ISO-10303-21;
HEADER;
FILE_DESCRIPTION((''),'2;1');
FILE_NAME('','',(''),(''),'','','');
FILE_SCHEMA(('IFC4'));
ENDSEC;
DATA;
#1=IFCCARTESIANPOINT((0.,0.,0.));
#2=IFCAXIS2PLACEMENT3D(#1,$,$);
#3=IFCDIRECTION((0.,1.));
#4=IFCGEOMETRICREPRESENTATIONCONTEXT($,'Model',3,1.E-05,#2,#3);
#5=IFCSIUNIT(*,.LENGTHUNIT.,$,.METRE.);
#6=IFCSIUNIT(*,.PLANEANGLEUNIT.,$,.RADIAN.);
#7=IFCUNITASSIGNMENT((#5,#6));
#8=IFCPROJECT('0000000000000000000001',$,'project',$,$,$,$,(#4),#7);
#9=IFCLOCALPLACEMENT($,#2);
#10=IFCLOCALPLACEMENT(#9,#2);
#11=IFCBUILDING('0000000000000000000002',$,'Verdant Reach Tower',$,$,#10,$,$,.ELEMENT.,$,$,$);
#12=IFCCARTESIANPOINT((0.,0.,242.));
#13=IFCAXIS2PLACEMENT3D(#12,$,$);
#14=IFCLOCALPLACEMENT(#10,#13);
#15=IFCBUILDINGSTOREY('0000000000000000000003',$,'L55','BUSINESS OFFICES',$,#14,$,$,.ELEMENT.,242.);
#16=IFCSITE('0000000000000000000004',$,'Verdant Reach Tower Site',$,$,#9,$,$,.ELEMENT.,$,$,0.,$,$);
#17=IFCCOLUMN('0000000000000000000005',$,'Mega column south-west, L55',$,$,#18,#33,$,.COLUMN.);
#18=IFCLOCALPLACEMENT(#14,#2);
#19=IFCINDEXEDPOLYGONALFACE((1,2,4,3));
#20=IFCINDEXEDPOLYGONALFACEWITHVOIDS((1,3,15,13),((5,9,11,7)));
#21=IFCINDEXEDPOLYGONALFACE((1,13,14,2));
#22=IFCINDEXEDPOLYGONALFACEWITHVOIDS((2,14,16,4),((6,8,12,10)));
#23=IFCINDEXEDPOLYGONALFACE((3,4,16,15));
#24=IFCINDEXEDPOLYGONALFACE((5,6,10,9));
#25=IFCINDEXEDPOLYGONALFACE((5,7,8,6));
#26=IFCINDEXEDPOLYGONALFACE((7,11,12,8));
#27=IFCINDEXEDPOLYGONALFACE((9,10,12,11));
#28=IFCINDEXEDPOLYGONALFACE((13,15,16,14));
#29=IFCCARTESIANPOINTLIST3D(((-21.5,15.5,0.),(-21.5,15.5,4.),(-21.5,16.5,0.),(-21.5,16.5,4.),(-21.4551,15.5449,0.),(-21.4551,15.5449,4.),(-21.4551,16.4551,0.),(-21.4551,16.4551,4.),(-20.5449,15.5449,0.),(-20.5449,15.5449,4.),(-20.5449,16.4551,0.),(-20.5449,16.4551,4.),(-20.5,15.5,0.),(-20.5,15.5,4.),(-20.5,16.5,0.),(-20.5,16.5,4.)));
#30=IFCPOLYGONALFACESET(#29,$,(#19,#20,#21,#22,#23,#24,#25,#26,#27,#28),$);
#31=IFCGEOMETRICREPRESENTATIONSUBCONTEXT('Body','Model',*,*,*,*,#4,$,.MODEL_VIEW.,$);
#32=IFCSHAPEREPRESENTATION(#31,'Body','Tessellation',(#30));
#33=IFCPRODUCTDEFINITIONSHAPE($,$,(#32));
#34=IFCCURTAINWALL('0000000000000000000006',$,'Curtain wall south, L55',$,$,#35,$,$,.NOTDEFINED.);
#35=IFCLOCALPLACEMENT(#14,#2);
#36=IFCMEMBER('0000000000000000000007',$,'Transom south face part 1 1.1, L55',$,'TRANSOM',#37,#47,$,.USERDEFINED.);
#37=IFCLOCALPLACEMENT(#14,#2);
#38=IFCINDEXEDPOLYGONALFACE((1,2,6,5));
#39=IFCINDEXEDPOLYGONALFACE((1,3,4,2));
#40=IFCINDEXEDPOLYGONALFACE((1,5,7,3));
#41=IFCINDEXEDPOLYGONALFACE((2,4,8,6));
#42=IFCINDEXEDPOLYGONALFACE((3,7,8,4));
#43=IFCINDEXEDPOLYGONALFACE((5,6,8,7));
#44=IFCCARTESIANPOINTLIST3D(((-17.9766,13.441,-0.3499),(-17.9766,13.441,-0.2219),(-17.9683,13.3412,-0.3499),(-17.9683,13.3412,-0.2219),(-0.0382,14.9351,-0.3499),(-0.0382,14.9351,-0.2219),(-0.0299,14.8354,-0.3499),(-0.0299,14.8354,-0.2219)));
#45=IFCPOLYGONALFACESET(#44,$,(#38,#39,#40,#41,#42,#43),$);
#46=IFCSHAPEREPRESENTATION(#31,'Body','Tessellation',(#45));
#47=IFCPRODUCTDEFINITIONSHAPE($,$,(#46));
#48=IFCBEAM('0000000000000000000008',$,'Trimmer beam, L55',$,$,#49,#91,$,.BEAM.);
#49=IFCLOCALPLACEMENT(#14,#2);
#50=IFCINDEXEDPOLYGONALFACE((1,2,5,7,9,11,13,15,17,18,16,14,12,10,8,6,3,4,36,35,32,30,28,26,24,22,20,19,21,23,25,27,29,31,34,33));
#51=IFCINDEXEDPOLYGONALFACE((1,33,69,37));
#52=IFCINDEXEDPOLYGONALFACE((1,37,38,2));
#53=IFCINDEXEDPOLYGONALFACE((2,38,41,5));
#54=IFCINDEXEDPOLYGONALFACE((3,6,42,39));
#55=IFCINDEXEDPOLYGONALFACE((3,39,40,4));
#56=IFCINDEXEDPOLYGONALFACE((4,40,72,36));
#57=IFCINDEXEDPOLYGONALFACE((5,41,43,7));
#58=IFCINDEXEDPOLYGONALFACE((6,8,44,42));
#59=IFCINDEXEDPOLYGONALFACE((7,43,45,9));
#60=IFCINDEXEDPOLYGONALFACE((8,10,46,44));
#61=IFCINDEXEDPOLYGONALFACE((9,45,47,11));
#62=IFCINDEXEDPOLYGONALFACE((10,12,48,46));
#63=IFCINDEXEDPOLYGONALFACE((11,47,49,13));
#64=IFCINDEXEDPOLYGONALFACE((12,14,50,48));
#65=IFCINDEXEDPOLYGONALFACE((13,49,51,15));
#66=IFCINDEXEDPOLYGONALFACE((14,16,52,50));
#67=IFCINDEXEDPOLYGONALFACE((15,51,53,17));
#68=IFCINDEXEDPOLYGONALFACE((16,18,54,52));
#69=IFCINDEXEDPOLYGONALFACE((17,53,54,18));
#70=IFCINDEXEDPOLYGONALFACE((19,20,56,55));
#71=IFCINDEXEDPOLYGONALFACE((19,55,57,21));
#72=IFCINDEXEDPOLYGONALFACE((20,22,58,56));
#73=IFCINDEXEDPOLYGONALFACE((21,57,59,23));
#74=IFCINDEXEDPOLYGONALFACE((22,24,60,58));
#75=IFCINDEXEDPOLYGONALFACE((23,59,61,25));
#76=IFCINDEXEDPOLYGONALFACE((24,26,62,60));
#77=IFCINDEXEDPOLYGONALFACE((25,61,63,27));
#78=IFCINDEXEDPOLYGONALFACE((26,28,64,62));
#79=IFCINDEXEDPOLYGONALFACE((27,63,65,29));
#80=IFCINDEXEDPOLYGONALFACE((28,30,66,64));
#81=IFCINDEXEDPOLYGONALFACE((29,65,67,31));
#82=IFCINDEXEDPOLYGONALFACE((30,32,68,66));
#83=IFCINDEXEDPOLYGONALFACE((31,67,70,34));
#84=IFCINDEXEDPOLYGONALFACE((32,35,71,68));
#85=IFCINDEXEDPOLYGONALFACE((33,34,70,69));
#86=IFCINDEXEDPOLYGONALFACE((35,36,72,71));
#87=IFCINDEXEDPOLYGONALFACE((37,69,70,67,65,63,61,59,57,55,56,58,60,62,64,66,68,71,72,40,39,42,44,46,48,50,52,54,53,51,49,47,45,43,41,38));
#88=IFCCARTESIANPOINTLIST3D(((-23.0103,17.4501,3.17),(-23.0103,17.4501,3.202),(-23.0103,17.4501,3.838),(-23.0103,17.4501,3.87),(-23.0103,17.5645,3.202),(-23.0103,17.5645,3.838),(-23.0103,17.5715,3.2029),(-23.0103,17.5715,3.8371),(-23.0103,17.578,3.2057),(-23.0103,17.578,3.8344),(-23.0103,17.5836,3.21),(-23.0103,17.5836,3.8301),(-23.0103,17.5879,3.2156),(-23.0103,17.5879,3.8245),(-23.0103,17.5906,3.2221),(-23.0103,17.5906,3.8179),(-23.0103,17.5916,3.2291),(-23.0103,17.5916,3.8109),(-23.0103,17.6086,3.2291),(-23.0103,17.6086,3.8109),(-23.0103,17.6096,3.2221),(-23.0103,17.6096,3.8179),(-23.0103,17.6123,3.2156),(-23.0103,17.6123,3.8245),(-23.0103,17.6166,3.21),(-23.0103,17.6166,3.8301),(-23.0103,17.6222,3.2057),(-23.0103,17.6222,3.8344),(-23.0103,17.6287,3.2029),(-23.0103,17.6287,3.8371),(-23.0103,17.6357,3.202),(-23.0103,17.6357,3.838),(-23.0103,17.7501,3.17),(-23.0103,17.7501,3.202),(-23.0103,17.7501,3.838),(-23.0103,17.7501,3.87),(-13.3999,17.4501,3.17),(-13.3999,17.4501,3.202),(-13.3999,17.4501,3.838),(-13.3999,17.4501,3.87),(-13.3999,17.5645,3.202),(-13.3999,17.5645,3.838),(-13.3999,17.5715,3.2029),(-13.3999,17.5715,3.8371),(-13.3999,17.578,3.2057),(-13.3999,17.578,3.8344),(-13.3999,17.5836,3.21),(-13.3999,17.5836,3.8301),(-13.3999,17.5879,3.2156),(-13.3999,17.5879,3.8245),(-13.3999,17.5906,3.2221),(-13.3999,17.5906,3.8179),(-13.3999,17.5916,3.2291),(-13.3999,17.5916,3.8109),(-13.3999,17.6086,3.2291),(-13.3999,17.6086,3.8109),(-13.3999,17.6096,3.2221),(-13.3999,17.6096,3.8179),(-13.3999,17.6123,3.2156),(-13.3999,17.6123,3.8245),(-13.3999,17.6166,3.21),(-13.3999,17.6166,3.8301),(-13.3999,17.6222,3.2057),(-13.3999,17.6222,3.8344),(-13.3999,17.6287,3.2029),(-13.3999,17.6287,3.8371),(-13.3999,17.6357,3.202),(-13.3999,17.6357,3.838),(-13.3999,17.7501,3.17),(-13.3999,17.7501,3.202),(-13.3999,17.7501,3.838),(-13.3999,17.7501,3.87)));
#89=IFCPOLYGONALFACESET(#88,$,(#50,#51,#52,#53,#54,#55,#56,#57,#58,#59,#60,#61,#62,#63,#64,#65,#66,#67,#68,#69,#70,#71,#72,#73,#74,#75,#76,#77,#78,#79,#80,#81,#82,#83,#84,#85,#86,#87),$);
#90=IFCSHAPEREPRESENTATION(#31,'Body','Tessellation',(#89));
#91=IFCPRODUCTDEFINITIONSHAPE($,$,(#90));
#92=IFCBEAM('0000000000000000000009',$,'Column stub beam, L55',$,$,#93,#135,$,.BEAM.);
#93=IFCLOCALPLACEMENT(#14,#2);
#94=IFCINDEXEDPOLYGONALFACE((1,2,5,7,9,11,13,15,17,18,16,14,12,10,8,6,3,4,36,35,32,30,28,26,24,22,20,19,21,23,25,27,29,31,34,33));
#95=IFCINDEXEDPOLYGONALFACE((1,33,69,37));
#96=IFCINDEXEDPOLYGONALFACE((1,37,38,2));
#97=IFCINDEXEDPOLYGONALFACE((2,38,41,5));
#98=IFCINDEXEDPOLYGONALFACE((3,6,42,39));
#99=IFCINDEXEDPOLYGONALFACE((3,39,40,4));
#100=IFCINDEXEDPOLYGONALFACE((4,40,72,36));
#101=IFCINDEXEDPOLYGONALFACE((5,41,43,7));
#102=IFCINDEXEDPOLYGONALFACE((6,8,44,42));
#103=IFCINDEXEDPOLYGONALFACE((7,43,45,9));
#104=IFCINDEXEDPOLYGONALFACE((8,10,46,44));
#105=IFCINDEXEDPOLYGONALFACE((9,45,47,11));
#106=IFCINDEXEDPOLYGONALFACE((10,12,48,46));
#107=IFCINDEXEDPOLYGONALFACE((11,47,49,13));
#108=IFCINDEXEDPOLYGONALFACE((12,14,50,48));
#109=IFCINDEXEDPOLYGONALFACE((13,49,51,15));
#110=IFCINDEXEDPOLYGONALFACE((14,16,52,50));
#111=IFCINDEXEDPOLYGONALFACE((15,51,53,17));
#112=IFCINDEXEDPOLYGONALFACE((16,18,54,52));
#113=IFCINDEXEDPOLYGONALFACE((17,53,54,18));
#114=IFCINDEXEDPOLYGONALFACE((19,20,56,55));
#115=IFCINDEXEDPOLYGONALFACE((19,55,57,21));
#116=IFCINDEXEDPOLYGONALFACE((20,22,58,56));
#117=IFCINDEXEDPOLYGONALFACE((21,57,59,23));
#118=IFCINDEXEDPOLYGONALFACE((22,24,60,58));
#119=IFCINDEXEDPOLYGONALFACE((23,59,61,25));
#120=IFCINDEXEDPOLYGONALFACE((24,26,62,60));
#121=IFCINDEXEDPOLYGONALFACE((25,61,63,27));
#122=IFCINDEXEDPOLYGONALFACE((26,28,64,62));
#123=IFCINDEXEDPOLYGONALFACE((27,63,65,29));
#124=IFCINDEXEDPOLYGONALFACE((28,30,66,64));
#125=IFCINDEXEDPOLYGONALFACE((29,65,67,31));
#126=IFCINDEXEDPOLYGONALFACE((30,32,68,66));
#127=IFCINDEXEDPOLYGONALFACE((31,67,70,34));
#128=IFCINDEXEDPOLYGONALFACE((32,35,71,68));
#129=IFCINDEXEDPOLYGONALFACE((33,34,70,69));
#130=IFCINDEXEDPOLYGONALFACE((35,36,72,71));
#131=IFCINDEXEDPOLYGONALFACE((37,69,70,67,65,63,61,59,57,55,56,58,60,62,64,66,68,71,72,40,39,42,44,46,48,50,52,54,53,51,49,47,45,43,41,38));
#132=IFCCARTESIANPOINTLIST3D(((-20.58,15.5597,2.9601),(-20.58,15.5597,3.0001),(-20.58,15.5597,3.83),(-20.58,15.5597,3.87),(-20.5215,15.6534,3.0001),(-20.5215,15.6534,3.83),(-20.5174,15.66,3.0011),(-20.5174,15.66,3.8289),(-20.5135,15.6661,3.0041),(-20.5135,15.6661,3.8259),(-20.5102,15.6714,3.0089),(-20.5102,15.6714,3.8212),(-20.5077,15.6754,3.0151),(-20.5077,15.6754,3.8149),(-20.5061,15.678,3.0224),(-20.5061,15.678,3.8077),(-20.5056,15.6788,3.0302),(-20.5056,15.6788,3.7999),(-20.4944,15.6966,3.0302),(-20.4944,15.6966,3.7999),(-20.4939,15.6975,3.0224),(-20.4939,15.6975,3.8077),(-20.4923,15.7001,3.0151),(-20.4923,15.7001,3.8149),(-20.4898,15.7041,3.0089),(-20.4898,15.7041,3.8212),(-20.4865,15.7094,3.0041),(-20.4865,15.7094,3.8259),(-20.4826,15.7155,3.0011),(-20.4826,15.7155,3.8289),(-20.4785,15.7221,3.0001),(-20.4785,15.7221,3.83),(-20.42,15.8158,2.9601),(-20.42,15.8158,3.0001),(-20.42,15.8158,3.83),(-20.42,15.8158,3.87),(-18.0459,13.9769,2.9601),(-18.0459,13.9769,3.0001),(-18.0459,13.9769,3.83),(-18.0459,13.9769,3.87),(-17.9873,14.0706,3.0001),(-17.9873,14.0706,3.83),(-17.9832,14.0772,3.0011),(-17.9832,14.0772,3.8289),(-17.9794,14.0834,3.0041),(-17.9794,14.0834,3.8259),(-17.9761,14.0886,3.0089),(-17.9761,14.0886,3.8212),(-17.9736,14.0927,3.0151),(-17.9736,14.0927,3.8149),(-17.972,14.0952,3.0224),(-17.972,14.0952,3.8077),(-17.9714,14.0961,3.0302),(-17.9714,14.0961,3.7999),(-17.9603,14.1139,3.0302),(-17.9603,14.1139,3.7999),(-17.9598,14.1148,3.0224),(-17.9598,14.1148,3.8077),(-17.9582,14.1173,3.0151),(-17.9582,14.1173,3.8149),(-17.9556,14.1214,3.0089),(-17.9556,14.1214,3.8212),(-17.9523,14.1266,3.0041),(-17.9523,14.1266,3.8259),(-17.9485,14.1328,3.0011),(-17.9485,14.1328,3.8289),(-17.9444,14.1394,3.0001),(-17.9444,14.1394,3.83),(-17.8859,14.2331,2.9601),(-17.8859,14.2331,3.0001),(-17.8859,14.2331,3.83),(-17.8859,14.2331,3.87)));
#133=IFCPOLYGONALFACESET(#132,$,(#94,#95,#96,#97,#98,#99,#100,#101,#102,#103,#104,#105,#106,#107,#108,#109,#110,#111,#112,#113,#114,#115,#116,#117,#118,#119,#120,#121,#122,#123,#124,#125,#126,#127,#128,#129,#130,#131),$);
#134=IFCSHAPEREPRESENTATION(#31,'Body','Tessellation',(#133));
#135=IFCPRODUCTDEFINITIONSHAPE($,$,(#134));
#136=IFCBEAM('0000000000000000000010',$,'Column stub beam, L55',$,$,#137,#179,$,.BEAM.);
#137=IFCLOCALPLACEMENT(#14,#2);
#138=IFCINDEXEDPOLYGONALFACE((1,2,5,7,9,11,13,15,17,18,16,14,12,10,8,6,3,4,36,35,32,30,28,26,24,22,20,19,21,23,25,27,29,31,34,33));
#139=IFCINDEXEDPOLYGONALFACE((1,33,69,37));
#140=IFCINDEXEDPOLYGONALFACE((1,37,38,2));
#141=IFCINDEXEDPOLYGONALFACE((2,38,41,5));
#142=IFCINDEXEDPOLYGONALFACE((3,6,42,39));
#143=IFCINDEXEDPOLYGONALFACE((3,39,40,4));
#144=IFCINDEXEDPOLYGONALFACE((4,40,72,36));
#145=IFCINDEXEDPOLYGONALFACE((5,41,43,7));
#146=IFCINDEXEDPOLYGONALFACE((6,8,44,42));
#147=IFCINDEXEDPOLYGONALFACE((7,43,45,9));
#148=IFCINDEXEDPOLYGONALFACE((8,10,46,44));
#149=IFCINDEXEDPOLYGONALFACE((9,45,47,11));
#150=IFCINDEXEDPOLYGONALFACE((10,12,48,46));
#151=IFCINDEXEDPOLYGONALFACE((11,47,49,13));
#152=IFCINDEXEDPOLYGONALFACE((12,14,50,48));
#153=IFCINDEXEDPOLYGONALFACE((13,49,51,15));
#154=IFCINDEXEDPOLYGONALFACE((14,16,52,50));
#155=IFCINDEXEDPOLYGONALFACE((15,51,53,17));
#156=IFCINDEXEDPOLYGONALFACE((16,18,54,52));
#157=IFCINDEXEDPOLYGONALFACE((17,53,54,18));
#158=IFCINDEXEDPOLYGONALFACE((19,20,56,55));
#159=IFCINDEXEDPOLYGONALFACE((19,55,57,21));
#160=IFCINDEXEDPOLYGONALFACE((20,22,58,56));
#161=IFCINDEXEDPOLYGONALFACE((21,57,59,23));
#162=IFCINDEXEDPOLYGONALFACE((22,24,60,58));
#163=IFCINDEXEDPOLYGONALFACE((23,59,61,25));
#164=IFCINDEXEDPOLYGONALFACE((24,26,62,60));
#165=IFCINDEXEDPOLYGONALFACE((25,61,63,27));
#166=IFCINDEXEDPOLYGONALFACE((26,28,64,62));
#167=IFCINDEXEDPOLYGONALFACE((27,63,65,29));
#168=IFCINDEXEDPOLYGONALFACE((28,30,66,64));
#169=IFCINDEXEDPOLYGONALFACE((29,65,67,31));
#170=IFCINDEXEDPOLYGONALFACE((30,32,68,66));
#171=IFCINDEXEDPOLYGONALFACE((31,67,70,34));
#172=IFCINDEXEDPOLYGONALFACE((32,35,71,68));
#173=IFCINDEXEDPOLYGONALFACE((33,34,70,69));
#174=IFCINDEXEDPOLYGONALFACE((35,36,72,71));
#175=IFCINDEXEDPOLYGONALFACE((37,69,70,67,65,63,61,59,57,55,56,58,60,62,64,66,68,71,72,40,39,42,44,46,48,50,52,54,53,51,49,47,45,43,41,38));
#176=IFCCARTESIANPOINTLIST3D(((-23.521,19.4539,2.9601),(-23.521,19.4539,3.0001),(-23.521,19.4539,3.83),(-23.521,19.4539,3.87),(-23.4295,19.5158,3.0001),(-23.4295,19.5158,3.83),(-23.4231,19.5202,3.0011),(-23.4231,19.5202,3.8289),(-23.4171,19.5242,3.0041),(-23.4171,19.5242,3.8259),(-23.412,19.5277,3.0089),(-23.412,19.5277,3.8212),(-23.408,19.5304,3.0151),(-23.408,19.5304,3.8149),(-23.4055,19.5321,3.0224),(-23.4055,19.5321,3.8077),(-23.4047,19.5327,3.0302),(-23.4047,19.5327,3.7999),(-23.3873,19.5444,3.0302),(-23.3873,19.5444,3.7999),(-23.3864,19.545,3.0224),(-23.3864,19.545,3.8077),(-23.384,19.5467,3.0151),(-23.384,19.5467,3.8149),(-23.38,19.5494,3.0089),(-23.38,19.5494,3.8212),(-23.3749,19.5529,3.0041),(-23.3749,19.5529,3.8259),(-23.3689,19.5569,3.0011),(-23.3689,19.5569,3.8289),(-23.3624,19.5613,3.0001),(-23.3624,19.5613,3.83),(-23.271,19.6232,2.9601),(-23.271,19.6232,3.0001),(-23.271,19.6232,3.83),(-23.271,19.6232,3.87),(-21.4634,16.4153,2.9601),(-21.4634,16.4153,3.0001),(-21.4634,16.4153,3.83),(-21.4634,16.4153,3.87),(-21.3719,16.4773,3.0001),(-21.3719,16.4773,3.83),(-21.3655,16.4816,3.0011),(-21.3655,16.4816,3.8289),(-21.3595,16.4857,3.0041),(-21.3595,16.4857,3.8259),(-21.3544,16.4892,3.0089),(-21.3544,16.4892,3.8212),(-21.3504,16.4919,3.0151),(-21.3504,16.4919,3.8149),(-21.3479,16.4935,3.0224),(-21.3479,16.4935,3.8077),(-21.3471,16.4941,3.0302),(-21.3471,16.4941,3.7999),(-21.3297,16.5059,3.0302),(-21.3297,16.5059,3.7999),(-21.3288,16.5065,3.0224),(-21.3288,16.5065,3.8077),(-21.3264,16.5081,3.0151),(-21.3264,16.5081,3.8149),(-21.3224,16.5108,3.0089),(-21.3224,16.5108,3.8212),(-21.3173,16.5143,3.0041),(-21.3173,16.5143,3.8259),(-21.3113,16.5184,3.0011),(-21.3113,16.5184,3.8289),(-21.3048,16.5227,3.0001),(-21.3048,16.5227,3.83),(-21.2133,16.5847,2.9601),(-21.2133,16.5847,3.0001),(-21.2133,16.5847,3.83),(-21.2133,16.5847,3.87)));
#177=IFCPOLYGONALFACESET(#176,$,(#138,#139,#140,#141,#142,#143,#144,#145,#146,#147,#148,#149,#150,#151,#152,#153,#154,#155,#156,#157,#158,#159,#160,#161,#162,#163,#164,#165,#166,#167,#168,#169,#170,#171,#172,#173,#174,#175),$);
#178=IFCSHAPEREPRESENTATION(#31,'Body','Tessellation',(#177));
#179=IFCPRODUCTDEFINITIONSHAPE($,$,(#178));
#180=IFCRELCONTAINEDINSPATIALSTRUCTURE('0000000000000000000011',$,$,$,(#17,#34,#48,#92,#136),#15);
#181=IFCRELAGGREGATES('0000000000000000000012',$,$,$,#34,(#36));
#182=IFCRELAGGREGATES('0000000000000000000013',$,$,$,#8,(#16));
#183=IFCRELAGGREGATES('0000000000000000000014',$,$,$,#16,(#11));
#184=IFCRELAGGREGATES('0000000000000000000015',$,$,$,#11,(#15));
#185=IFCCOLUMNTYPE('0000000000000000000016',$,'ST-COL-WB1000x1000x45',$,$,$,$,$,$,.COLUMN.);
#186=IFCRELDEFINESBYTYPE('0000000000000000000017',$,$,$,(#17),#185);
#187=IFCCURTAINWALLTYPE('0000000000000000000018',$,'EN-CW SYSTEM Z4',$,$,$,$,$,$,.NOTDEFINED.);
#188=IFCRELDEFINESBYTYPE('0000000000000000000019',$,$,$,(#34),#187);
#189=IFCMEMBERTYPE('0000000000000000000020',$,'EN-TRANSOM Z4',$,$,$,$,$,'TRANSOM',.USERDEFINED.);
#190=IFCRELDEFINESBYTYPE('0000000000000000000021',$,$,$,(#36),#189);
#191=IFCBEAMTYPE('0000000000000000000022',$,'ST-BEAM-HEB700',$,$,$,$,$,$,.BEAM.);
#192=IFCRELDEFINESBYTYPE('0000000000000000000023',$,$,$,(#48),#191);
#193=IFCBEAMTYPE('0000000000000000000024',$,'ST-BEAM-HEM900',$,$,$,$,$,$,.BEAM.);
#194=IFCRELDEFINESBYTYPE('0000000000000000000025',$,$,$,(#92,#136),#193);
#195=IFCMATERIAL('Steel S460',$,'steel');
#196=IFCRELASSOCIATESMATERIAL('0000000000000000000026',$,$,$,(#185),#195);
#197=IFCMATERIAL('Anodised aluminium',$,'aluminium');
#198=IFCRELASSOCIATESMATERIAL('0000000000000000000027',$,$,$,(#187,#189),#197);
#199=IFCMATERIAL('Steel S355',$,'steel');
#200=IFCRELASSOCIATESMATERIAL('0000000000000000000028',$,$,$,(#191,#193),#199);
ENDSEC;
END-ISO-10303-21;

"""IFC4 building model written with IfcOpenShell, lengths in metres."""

from ifc_helpers import new_model, si_unit, direction, frame, origin, origin_2d, place, context, subcontext, project, spatial, rectangle, hollow_rectangle, i_section, extrude, material, material_profile, profile_set, type_object, element, aggregate, save


model = new_model("IFC4")

# Units and contexts
model_context = context("Model", 3, precision=1e-05, world=origin(), true_north=direction((0.0, 1.0)))
body_context = subcontext(model_context, "Body", "Model", "MODEL_VIEW")
ifc_project = project(units=[si_unit("LENGTHUNIT", "METRE"), si_unit("PLANEANGLEUNIT", "RADIAN")], contexts=[model_context])

# Site, building, storey
site_placement = place(None, origin())
site = spatial("IfcSite", under=ifc_project, at=site_placement, Name="Verdant Reach Tower Site", CompositionType="ELEMENT", RefElevation=0.0)
building_placement = place(site_placement, origin())
building = spatial("IfcBuilding", under=site, at=building_placement, Name="Verdant Reach Tower", CompositionType="ELEMENT")
storey_placement = place(building_placement, frame((0.0, 0.0, 242.0)))
storey = spatial("IfcBuildingStorey", under=building, at=storey_placement, Name="L55", Description="BUSINESS OFFICES", CompositionType="ELEMENT", Elevation=242.0)

# Column
ifc_material_1 = material(Name="Steel S460", Category="steel")
ifc_material_profile_1 = material_profile(ifc_material_1, hollow_rectangle(XDim=1.0, YDim=1.0, WallThickness=0.0449, at=origin_2d()), Name="WB 1000x1000x45")
ifc_profile_set_1 = profile_set([ifc_material_profile_1], Name="Steel S460")
column_type = type_object("IfcColumnType", Name="ST-COL-WB1000x1000x45", PredefinedType="COLUMN", material=ifc_profile_set_1)
column_placement = place(storey_placement, frame((-21.0, 16.0, 0.0), z_axis=(0.0, 0.0, 1.0), x_axis=(1.0, 0.0, 0.0)))
element("IfcColumn", 1, at=column_placement, inside=storey, type_object=column_type, Name="Mega column south-west, L55", PredefinedType="COLUMN", context=body_context, shape_type="SweptSolid", body=[
    extrude(hollow_rectangle(XDim=1.0, YDim=1.0, WallThickness=0.0449, at=origin_2d()), origin(), (0.0, 0.0, 1.0), 4.0),
])

# Curtain wall, member
ifc_material_2 = material(Name="Anodised aluminium", Category="aluminium")
curtain_wall_type = type_object("IfcCurtainWallType", Name="EN-CW SYSTEM Z4", PredefinedType="NOTDEFINED", material=ifc_material_2)
curtain_wall_1_placement = place(storey_placement, origin())
curtain_wall_1 = element("IfcCurtainWall", 2, at=curtain_wall_1_placement, inside=storey, type_object=curtain_wall_type, Name="Curtain wall south, L55", PredefinedType="NOTDEFINED")
ifc_material_profile_2 = material_profile(ifc_material_2, rectangle(XDim=0.1001, YDim=0.1279, at=origin_2d()), Name="Transom 128x100")
ifc_profile_set_2 = profile_set([ifc_material_profile_2], Name="Anodised aluminium")
member_type = type_object("IfcMemberType", Name="EN-TRANSOM Z4", ElementType="TRANSOM", PredefinedType="USERDEFINED", material=ifc_profile_set_2)
member_placement = place(storey_placement, frame((-17.9724, 13.3911, -0.2859), z_axis=(0.996549, 0.083005, 0.0), x_axis=(-0.083005, 0.996549, 0.0)))
member = element("IfcMember", 3, at=member_placement, type_object=member_type, Name="Transom south face part 1 1.1, L55", ObjectType="TRANSOM", PredefinedType="USERDEFINED", context=body_context, shape_type="SweptSolid", body=[
    extrude(rectangle(XDim=0.1001, YDim=0.1279, at=origin_2d()), origin(), (0.0, 0.0, 1.0), 18.0005),
])

# Beams
ifc_material_3 = material(Name="Steel S355", Category="steel")
ifc_material_profile_3 = material_profile(ifc_material_3, i_section(OverallWidth=0.3, OverallDepth=0.7, WebThickness=0.0171, FlangeThickness=0.032, FilletRadius=0.0271, at=origin_2d()), Name="HEB 700")
ifc_profile_set_3 = profile_set([ifc_material_profile_3], Name="Steel S355")
beam_type_1 = type_object("IfcBeamType", Name="ST-BEAM-HEB700", PredefinedType="BEAM", material=ifc_profile_set_3)
beam_1_placement = place(storey_placement, frame((-13.3999, 17.6001, 3.52), z_axis=(-1.0, 0.0, 0.0), x_axis=(0.0, -1.0, 0.0)))
element("IfcBeam", 4, at=beam_1_placement, inside=storey, type_object=beam_type_1, Name="Trimmer beam, L55", PredefinedType="BEAM", context=body_context, shape_type="SweptSolid", body=[
    extrude(i_section(OverallWidth=0.3, OverallDepth=0.7, WebThickness=0.0171, FlangeThickness=0.032, FilletRadius=0.0271, at=origin_2d()), origin(), (0.0, 0.0, 1.0), 9.6104),
])
ifc_material_profile_4 = material_profile(ifc_material_3, i_section(OverallWidth=0.302, OverallDepth=0.9099, WebThickness=0.021, FlangeThickness=0.04, FilletRadius=0.03, at=origin_2d()), Name="HEM 900")
ifc_profile_set_4 = profile_set([ifc_material_profile_4], Name="Steel S355")
beam_type_2 = type_object("IfcBeamType", Name="ST-BEAM-HEM900", PredefinedType="BEAM", material=ifc_profile_set_4)
beam_2_placement = place(storey_placement, frame((-20.5, 15.6877, 3.415), z_axis=(0.848164, -0.529735, 0.0), x_axis=(0.529735, 0.848164, 0.0)))
element("IfcBeam", 5, at=beam_2_placement, inside=storey, type_object=beam_type_2, Name="Column stub beam, L55", PredefinedType="BEAM", context=body_context, shape_type="SweptSolid", body=[
    extrude(i_section(OverallWidth=0.302, OverallDepth=0.9099, WebThickness=0.021, FlangeThickness=0.04, FilletRadius=0.03, at=origin_2d()), origin(), (0.0, 0.0, 1.0), 2.9878),
])
beam_3_placement = place(storey_placement, frame((-21.3384, 16.5, 3.415), z_axis=(-0.560704, 0.828016, 0.0), x_axis=(-0.828016, -0.560704, 0.0)))
element("IfcBeam", 6, at=beam_3_placement, inside=storey, type_object=beam_type_2, Name="Column stub beam, L55", PredefinedType="BEAM", context=body_context, shape_type="SweptSolid", body=[
    extrude(i_section(OverallWidth=0.302, OverallDepth=0.9099, WebThickness=0.021, FlangeThickness=0.04, FilletRadius=0.03, at=origin_2d()), origin(), (0.0, 0.0, 1.0), 3.6697),
])

aggregate(curtain_wall_1, [member])

save(model, "model.ifc")
